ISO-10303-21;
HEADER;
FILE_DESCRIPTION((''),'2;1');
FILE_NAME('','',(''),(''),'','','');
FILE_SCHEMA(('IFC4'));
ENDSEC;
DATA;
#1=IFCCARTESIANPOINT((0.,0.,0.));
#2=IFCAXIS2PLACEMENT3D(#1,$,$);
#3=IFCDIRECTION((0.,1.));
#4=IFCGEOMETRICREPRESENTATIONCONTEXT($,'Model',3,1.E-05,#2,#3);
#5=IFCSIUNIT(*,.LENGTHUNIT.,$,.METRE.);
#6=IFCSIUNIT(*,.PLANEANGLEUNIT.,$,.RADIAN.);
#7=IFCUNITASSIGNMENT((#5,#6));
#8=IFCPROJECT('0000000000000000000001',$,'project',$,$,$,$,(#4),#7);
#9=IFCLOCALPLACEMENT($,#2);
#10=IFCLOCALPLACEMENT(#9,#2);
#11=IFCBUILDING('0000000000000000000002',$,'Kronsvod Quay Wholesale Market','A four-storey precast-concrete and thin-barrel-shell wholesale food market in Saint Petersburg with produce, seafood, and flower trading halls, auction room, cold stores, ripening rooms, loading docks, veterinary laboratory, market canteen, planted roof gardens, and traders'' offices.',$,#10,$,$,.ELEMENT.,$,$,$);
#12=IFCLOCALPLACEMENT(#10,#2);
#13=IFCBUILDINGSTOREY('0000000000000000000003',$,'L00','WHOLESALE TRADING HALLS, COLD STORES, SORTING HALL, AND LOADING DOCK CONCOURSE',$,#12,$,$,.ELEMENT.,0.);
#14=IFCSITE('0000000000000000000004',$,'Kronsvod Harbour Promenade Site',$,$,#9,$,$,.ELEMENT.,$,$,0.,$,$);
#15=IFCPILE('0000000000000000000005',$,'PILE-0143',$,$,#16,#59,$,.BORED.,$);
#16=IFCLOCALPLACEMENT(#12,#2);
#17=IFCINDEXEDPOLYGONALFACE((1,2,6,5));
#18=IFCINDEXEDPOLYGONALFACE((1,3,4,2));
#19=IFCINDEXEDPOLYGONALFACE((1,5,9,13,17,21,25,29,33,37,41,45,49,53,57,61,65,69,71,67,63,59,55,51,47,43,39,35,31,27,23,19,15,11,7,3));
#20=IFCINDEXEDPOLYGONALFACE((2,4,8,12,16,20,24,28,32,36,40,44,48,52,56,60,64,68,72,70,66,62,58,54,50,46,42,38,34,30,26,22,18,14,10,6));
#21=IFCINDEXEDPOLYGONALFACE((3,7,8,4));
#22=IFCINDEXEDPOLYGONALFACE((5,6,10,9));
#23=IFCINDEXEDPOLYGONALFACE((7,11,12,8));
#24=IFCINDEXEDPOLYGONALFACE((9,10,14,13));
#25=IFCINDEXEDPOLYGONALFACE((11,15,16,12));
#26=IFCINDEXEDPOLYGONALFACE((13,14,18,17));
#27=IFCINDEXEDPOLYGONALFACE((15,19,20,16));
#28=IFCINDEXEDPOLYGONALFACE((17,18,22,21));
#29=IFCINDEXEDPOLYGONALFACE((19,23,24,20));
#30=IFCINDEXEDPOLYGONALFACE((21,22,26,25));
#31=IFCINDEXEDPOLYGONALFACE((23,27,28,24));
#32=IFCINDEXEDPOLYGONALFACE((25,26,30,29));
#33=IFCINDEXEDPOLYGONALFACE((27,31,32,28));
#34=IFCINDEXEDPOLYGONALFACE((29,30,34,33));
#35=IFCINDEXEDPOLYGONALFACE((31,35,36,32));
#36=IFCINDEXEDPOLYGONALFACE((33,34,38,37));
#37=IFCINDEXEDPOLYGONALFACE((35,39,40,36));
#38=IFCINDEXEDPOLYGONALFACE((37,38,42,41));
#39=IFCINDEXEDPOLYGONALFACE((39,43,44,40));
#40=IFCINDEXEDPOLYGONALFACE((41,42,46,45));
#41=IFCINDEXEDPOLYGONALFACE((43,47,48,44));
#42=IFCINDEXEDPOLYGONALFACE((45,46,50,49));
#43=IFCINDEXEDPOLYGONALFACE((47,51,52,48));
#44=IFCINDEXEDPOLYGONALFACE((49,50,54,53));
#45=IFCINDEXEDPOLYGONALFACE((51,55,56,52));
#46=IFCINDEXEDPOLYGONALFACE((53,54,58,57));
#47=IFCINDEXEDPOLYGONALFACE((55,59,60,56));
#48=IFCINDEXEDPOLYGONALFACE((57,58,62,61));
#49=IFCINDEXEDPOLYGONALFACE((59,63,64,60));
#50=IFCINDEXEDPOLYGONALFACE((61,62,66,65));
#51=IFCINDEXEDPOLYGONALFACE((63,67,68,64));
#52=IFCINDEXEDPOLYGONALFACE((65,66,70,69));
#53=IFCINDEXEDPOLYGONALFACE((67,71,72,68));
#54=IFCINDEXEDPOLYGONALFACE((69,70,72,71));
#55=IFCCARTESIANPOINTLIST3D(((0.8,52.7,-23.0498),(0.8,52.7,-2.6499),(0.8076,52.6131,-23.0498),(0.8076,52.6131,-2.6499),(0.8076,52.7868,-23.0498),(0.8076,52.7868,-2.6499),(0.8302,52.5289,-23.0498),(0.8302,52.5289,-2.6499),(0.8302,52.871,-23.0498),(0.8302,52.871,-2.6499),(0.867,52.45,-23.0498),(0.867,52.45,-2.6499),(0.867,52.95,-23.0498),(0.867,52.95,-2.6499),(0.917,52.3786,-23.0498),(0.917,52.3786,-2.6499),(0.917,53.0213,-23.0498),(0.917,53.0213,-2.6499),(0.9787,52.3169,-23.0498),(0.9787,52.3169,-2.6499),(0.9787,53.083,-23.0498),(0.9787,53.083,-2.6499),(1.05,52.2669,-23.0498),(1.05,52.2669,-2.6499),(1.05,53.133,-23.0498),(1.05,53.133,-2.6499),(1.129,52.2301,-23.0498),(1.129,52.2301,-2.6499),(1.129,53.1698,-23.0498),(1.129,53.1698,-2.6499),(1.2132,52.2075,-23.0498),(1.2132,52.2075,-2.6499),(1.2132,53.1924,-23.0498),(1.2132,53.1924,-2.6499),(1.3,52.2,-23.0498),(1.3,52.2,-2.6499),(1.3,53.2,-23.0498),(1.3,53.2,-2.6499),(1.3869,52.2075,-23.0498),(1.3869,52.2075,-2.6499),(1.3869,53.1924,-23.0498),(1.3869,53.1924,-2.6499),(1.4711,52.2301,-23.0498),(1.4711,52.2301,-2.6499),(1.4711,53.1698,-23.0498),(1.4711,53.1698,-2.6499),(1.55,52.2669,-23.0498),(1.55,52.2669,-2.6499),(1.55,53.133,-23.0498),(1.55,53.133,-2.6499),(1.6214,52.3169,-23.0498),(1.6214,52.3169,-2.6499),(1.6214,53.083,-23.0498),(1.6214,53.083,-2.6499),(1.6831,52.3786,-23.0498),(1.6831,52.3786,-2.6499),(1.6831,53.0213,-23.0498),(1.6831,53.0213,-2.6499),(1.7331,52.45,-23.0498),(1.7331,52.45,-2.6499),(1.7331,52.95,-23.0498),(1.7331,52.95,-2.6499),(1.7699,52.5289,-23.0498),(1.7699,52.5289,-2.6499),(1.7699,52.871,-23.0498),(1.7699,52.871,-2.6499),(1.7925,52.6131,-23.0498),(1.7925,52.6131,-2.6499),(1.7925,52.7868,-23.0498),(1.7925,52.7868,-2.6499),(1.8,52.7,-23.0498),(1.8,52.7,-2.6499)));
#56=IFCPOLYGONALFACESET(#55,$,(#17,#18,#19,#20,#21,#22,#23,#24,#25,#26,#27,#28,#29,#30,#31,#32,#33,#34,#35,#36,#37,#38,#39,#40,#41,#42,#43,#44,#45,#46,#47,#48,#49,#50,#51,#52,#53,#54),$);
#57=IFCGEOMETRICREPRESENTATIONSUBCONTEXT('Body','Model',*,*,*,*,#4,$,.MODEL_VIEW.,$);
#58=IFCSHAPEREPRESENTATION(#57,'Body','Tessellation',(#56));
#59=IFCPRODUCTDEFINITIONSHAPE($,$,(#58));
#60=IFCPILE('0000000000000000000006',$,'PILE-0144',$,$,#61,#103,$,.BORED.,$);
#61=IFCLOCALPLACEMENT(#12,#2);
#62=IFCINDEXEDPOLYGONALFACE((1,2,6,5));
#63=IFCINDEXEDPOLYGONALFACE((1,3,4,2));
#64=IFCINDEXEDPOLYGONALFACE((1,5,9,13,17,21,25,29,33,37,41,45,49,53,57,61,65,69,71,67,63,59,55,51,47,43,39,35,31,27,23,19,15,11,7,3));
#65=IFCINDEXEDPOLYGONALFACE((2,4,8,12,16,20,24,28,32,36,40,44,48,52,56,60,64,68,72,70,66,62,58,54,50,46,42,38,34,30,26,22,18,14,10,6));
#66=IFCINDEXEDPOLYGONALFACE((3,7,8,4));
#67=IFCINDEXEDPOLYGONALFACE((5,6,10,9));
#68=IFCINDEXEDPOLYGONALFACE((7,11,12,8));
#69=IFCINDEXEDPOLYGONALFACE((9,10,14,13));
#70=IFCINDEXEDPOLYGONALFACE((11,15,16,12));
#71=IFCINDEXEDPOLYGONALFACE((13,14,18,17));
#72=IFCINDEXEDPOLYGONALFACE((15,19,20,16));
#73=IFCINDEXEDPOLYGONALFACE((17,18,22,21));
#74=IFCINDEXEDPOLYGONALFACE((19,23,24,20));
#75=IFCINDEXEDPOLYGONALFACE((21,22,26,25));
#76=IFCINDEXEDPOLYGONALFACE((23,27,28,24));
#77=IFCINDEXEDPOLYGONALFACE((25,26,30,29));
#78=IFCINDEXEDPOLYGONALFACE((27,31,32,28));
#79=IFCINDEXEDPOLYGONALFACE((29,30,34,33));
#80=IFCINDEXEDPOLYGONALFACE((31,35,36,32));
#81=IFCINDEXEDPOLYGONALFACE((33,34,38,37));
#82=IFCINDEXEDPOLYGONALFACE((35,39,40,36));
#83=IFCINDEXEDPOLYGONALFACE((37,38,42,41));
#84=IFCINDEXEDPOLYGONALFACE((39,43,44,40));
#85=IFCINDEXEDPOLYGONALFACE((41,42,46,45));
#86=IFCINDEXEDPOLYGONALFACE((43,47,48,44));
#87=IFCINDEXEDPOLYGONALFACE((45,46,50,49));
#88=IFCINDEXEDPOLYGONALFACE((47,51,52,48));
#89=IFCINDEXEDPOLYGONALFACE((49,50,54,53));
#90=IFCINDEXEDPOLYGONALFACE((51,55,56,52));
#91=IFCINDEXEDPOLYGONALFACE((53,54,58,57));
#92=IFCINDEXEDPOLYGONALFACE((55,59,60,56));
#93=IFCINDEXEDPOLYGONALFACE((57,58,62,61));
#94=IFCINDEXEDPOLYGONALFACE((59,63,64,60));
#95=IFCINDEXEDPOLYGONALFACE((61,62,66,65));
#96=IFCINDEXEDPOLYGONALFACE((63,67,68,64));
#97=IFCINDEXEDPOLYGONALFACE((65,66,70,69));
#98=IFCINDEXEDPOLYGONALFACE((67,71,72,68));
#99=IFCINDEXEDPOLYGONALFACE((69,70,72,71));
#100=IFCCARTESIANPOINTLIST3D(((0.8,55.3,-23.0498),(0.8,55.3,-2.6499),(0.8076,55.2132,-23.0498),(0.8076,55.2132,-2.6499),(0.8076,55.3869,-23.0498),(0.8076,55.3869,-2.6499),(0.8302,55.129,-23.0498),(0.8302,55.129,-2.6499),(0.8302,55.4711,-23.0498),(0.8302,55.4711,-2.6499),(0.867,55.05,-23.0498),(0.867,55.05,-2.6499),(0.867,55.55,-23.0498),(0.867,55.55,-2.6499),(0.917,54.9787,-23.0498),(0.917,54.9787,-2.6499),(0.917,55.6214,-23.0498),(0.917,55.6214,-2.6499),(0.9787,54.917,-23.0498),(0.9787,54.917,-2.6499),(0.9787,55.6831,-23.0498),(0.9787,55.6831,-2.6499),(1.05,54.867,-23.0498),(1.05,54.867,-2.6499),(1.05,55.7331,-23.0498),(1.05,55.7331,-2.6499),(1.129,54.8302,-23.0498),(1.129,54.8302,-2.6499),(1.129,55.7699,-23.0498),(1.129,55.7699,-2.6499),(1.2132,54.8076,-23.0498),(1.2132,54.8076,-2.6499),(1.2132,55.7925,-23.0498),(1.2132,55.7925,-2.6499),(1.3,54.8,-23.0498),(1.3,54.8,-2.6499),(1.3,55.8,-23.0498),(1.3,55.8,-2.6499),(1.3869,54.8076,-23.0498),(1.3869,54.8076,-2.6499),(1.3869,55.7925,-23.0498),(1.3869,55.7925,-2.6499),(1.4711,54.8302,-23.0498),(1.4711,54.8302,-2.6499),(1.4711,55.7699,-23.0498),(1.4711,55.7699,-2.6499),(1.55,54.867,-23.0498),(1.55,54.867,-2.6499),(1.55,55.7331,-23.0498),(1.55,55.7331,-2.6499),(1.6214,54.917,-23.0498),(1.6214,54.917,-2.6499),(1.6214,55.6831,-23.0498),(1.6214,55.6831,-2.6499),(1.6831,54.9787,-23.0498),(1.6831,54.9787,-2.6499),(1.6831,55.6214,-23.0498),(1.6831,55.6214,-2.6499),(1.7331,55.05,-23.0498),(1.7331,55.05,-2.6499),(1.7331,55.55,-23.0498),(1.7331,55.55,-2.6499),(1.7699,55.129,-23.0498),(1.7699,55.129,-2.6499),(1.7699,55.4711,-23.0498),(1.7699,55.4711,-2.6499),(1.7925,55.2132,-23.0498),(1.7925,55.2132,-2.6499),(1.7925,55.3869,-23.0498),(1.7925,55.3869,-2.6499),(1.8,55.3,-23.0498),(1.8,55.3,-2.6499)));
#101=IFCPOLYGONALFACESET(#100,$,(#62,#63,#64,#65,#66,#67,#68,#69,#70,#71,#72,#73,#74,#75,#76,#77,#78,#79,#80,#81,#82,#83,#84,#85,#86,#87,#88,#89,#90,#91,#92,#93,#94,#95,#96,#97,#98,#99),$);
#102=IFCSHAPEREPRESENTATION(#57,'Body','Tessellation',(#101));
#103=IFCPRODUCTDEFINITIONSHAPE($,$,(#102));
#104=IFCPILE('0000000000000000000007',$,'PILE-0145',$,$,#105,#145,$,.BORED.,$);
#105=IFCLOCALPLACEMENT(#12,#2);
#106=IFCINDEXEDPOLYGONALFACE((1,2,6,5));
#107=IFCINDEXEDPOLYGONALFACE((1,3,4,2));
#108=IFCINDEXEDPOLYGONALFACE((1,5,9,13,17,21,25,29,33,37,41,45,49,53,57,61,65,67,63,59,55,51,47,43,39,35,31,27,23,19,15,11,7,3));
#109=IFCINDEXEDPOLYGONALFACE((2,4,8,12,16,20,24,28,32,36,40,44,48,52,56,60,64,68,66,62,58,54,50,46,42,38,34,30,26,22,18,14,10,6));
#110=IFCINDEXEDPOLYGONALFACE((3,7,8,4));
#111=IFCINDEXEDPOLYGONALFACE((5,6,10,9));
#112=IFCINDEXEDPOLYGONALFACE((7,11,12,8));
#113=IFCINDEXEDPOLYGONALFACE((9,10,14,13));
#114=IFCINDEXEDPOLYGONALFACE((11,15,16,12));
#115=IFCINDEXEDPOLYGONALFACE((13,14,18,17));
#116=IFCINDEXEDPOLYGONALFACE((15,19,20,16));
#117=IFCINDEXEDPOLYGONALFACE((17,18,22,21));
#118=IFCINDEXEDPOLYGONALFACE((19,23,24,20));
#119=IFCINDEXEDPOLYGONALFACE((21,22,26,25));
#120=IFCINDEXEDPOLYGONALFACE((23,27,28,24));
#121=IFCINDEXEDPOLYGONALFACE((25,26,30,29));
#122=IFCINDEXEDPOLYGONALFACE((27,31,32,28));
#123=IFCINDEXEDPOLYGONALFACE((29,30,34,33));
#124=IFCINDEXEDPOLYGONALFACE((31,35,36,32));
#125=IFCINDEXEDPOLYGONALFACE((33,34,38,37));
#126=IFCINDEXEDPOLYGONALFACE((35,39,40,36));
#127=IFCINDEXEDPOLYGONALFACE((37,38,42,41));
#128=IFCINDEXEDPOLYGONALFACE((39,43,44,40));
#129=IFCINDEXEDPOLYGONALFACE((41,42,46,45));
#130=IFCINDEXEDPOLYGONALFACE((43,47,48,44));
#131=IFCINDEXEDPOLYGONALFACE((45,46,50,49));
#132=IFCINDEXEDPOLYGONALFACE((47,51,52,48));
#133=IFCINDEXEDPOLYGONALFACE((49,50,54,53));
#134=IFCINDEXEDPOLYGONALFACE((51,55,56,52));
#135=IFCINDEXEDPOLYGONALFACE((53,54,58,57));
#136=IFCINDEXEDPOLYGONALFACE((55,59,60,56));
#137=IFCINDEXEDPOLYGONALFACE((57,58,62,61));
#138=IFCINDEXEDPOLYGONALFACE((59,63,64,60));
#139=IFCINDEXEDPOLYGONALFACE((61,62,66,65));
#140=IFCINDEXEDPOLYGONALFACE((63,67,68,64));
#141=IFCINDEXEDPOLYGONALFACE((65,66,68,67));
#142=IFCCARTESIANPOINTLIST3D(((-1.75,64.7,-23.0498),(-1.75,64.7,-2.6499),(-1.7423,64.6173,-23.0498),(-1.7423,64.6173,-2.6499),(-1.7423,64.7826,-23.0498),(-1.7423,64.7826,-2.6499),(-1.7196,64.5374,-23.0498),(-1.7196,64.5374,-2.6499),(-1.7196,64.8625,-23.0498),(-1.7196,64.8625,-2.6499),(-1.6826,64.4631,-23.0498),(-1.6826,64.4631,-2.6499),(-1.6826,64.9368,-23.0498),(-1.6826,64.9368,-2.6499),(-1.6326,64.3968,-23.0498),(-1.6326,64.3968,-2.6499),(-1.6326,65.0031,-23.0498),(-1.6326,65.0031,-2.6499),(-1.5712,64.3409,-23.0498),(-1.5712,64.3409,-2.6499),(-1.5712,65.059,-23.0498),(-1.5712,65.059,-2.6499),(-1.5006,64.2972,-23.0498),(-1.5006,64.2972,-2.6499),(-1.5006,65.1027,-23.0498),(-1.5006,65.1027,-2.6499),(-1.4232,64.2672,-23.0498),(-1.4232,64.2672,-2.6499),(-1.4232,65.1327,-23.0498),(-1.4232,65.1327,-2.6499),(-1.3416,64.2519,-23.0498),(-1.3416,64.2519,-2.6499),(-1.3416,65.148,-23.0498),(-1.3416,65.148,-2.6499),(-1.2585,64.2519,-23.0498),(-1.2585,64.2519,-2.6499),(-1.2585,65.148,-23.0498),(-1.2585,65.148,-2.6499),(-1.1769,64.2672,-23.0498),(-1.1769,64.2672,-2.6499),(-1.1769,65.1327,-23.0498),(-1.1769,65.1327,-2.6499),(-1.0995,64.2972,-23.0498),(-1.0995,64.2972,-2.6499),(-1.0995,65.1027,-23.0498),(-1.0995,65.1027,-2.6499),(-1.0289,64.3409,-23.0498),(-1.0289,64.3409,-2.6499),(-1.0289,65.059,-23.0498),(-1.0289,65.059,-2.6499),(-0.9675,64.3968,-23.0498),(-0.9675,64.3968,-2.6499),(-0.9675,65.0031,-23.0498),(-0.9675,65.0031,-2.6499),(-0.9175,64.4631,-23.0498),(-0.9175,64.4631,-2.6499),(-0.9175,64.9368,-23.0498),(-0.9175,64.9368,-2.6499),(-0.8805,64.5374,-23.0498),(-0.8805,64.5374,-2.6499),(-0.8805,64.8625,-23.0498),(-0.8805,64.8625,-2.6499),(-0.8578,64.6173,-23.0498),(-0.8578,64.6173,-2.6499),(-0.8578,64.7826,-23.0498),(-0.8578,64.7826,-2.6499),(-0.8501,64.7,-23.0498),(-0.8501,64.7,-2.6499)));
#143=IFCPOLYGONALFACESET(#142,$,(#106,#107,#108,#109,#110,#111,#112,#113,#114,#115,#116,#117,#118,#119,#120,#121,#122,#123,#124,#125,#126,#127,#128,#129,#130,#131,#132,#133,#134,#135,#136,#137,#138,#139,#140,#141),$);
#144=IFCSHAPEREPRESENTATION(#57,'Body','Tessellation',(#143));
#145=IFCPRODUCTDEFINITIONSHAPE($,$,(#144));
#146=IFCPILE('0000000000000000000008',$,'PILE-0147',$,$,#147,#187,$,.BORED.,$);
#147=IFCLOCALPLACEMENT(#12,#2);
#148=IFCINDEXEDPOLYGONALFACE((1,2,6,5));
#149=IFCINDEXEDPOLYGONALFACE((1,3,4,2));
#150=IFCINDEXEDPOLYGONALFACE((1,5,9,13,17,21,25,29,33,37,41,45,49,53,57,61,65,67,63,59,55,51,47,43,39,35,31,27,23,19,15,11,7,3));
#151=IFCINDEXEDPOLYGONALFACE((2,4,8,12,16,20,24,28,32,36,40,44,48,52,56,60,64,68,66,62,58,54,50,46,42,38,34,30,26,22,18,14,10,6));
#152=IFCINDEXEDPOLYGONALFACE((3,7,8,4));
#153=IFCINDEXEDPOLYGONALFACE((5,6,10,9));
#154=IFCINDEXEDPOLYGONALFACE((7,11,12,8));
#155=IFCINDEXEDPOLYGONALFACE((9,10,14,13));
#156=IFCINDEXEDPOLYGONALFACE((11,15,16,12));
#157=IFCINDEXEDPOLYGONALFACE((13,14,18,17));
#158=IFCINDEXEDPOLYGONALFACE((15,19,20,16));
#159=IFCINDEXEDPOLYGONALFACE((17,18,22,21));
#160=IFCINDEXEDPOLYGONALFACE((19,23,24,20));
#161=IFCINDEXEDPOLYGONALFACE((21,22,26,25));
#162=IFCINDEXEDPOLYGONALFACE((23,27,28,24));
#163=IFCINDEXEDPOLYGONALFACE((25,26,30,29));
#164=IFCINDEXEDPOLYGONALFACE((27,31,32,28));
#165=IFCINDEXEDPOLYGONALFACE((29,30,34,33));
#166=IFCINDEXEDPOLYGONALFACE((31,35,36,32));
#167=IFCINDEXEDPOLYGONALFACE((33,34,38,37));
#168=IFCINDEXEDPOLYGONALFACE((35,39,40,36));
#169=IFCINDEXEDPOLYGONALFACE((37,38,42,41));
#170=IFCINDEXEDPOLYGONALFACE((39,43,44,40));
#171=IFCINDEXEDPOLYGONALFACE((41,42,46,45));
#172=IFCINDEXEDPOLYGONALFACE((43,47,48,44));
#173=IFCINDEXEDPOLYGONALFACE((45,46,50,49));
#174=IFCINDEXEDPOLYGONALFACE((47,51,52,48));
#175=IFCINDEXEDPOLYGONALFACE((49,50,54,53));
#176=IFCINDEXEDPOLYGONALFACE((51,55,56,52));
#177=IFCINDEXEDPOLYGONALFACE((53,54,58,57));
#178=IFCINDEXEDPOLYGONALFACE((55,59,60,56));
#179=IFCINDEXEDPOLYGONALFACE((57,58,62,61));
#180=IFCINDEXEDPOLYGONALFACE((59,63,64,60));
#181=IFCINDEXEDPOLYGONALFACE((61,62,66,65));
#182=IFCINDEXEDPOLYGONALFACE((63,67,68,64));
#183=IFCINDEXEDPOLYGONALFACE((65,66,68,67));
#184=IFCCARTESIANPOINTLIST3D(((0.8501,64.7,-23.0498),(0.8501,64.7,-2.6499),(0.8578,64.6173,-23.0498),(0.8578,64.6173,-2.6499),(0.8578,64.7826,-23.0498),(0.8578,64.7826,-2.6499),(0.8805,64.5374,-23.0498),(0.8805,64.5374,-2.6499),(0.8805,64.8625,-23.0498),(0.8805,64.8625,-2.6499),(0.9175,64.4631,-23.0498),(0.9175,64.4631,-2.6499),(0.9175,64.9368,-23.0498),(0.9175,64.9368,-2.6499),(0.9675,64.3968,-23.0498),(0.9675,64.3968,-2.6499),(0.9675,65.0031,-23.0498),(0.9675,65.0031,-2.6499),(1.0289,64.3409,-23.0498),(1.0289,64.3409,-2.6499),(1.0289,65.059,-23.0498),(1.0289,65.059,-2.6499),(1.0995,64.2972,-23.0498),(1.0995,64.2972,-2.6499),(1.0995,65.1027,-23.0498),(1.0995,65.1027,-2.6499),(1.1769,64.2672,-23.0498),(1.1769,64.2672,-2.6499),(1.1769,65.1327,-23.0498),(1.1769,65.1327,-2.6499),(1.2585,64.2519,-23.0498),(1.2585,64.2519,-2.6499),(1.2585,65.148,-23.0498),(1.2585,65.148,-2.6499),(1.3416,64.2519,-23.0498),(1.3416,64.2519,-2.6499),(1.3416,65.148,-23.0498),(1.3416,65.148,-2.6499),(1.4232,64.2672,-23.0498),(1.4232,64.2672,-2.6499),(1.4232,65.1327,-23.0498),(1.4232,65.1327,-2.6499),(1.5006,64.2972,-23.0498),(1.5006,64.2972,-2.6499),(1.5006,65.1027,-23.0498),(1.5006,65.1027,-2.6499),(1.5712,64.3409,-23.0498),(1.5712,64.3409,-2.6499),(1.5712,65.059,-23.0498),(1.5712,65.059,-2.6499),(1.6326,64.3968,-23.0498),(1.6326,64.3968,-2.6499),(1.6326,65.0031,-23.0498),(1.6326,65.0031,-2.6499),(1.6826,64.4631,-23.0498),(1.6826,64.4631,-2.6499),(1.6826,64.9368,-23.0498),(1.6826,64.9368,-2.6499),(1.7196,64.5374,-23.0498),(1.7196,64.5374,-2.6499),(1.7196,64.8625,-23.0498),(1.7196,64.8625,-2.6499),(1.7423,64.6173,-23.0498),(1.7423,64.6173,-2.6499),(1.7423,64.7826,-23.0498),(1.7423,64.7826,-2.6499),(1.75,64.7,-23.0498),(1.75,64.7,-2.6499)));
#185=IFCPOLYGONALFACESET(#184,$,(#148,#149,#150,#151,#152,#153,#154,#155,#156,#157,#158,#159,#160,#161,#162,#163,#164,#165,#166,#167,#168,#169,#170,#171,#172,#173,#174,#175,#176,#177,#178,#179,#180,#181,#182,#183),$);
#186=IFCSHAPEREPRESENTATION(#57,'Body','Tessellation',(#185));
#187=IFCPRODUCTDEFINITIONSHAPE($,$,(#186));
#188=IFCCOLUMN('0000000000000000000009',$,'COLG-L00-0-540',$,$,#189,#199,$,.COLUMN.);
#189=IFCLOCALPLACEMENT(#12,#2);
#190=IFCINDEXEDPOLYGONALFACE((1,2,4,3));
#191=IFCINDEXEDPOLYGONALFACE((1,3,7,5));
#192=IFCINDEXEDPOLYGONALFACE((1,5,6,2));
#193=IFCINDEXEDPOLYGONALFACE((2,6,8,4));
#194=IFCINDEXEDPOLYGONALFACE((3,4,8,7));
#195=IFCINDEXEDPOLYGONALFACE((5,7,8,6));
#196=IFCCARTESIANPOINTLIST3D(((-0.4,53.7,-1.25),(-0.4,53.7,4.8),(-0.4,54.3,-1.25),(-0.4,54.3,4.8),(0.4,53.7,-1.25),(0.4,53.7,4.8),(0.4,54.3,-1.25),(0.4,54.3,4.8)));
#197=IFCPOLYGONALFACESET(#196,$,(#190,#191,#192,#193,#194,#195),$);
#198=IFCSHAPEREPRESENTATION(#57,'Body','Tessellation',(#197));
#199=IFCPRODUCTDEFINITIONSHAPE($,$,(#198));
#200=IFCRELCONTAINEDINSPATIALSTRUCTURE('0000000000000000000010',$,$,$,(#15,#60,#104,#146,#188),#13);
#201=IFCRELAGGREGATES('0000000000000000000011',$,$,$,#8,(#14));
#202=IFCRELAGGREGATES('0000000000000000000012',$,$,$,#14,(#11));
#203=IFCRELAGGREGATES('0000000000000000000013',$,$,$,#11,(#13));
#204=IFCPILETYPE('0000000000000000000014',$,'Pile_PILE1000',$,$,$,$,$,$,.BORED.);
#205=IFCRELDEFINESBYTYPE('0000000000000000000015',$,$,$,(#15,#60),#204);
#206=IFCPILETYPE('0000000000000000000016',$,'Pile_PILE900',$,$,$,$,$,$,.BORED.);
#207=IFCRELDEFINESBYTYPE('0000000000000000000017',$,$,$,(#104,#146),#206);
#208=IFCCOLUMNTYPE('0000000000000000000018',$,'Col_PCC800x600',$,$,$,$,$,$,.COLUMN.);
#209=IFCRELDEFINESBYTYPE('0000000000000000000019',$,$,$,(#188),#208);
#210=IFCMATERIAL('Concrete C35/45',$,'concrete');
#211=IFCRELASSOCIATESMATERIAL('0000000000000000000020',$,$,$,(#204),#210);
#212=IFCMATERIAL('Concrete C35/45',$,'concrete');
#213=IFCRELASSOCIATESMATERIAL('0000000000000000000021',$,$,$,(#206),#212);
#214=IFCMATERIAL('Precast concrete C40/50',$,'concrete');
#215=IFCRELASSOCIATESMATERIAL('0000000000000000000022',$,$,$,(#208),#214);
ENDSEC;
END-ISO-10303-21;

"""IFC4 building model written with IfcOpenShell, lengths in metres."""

from ifc_helpers import new_model, si_unit, direction, frame, origin, origin_2d, place, context, subcontext, project, spatial, rectangle, circle, extrude, material, material_profile, profile_set, type_object, element, save


model = new_model("IFC4")

# Units and contexts
model_context = context("Model", 3, precision=1e-05, world=origin(), true_north=direction((0.0, 1.0)))
body_context = subcontext(model_context, "Body", "Model", "MODEL_VIEW")
ifc_project = project(units=[si_unit("LENGTHUNIT", "METRE"), si_unit("PLANEANGLEUNIT", "RADIAN")], contexts=[model_context])

# Site, building, storey
site_placement = place(None, origin())
site = spatial("IfcSite", under=ifc_project, at=site_placement, Name="Kronsvod Harbour Promenade Site", CompositionType="ELEMENT", RefElevation=0.0)
building_placement = place(site_placement, origin())
building = spatial("IfcBuilding", under=site, at=building_placement, Name="Kronsvod Quay Wholesale Market", Description="A four-storey precast-concrete and thin-barrel-shell wholesale food market in Saint Petersburg with produce, seafood, and flower trading halls, auction room, cold stores, ripening rooms, loading docks, veterinary laboratory, market canteen, planted roof gardens, and traders' offices.", CompositionType="ELEMENT")
storey_placement = place(building_placement, origin())
storey = spatial("IfcBuildingStorey", under=building, at=storey_placement, Name="L00", Description="WHOLESALE TRADING HALLS, COLD STORES, SORTING HALL, AND LOADING DOCK CONCOURSE", CompositionType="ELEMENT", Elevation=0.0)

# Piles
ifc_material_1 = material(Name="Concrete C35/45", Category="concrete")
ifc_material_profile_1 = material_profile(ifc_material_1, circle(Radius=0.5, at=origin_2d()), Name="PILE1000")
ifc_profile_set_1 = profile_set([ifc_material_profile_1], Name="Concrete C35/45")
pile_type_1 = type_object("IfcPileType", Name="Pile_PILE1000", PredefinedType="BORED", material=ifc_profile_set_1)
for number, where, z_axis, x_axis, name in (
    (1, (1.3, 52.7, -2.6499), (0.0, 0.0, -1.0), (1.0, 0.0, 0.0), "PILE-0143"),
    (2, (1.3, 55.3, -2.6499), (0.0, 0.0, -1.0), (1.0, 0.0, 0.0), "PILE-0144"),
):
    element("IfcPile", number, at=place(storey_placement, frame(where, z_axis=z_axis, x_axis=x_axis)), inside=storey, type_object=pile_type_1, Name=name, PredefinedType="BORED", context=body_context, shape_type="SweptSolid", body=[
        extrude(circle(Radius=0.5, at=origin_2d()), origin(), (0.0, 0.0, 1.0), 20.3999),
    ])
ifc_material_2 = material(Name="Concrete C35/45", Category="concrete")
ifc_material_profile_2 = material_profile(ifc_material_2, circle(Radius=0.45, at=origin_2d()), Name="PILE900")
ifc_profile_set_2 = profile_set([ifc_material_profile_2], Name="Concrete C35/45")
pile_type_2 = type_object("IfcPileType", Name="Pile_PILE900", PredefinedType="BORED", material=ifc_profile_set_2)
for number, where, z_axis, x_axis, name in (
    (3, (-1.3, 64.7, -2.6499), (0.0, 0.0, -1.0), (1.0, 0.0, 0.0), "PILE-0145"),
    (4, (1.3, 64.7, -2.6499), (0.0, 0.0, -1.0), (1.0, 0.0, 0.0), "PILE-0147"),
):
    element("IfcPile", number, at=place(storey_placement, frame(where, z_axis=z_axis, x_axis=x_axis)), inside=storey, type_object=pile_type_2, Name=name, PredefinedType="BORED", context=body_context, shape_type="SweptSolid", body=[
        extrude(circle(Radius=0.45, at=origin_2d()), origin(), (0.0, 0.0, 1.0), 20.3999),
    ])

# Column
ifc_material_3 = material(Name="Precast concrete C40/50", Category="concrete")
ifc_material_profile_3 = material_profile(ifc_material_3, rectangle(XDim=0.8, YDim=0.6001, at=origin_2d()), Name="PCC800x600")
ifc_profile_set_3 = profile_set([ifc_material_profile_3], Name="Precast concrete C40/50")
column_type = type_object("IfcColumnType", Name="Col_PCC800x600", PredefinedType="COLUMN", material=ifc_profile_set_3)
for number, where, z_axis, x_axis, name in (
    (5, (0.0, 54.0, -1.25), (0.0, 0.0, 1.0), (1.0, 0.0, 0.0), "COLG-L00-0-540"),
):
    element("IfcColumn", number, at=place(storey_placement, frame(where, z_axis=z_axis, x_axis=x_axis)), inside=storey, type_object=column_type, Name=name, PredefinedType="COLUMN", context=body_context, shape_type="SweptSolid", body=[
        extrude(rectangle(XDim=0.8, YDim=0.6001, at=origin_2d()), origin(), (0.0, 0.0, 1.0), 6.05),
    ])

save(model, "model.ifc")
